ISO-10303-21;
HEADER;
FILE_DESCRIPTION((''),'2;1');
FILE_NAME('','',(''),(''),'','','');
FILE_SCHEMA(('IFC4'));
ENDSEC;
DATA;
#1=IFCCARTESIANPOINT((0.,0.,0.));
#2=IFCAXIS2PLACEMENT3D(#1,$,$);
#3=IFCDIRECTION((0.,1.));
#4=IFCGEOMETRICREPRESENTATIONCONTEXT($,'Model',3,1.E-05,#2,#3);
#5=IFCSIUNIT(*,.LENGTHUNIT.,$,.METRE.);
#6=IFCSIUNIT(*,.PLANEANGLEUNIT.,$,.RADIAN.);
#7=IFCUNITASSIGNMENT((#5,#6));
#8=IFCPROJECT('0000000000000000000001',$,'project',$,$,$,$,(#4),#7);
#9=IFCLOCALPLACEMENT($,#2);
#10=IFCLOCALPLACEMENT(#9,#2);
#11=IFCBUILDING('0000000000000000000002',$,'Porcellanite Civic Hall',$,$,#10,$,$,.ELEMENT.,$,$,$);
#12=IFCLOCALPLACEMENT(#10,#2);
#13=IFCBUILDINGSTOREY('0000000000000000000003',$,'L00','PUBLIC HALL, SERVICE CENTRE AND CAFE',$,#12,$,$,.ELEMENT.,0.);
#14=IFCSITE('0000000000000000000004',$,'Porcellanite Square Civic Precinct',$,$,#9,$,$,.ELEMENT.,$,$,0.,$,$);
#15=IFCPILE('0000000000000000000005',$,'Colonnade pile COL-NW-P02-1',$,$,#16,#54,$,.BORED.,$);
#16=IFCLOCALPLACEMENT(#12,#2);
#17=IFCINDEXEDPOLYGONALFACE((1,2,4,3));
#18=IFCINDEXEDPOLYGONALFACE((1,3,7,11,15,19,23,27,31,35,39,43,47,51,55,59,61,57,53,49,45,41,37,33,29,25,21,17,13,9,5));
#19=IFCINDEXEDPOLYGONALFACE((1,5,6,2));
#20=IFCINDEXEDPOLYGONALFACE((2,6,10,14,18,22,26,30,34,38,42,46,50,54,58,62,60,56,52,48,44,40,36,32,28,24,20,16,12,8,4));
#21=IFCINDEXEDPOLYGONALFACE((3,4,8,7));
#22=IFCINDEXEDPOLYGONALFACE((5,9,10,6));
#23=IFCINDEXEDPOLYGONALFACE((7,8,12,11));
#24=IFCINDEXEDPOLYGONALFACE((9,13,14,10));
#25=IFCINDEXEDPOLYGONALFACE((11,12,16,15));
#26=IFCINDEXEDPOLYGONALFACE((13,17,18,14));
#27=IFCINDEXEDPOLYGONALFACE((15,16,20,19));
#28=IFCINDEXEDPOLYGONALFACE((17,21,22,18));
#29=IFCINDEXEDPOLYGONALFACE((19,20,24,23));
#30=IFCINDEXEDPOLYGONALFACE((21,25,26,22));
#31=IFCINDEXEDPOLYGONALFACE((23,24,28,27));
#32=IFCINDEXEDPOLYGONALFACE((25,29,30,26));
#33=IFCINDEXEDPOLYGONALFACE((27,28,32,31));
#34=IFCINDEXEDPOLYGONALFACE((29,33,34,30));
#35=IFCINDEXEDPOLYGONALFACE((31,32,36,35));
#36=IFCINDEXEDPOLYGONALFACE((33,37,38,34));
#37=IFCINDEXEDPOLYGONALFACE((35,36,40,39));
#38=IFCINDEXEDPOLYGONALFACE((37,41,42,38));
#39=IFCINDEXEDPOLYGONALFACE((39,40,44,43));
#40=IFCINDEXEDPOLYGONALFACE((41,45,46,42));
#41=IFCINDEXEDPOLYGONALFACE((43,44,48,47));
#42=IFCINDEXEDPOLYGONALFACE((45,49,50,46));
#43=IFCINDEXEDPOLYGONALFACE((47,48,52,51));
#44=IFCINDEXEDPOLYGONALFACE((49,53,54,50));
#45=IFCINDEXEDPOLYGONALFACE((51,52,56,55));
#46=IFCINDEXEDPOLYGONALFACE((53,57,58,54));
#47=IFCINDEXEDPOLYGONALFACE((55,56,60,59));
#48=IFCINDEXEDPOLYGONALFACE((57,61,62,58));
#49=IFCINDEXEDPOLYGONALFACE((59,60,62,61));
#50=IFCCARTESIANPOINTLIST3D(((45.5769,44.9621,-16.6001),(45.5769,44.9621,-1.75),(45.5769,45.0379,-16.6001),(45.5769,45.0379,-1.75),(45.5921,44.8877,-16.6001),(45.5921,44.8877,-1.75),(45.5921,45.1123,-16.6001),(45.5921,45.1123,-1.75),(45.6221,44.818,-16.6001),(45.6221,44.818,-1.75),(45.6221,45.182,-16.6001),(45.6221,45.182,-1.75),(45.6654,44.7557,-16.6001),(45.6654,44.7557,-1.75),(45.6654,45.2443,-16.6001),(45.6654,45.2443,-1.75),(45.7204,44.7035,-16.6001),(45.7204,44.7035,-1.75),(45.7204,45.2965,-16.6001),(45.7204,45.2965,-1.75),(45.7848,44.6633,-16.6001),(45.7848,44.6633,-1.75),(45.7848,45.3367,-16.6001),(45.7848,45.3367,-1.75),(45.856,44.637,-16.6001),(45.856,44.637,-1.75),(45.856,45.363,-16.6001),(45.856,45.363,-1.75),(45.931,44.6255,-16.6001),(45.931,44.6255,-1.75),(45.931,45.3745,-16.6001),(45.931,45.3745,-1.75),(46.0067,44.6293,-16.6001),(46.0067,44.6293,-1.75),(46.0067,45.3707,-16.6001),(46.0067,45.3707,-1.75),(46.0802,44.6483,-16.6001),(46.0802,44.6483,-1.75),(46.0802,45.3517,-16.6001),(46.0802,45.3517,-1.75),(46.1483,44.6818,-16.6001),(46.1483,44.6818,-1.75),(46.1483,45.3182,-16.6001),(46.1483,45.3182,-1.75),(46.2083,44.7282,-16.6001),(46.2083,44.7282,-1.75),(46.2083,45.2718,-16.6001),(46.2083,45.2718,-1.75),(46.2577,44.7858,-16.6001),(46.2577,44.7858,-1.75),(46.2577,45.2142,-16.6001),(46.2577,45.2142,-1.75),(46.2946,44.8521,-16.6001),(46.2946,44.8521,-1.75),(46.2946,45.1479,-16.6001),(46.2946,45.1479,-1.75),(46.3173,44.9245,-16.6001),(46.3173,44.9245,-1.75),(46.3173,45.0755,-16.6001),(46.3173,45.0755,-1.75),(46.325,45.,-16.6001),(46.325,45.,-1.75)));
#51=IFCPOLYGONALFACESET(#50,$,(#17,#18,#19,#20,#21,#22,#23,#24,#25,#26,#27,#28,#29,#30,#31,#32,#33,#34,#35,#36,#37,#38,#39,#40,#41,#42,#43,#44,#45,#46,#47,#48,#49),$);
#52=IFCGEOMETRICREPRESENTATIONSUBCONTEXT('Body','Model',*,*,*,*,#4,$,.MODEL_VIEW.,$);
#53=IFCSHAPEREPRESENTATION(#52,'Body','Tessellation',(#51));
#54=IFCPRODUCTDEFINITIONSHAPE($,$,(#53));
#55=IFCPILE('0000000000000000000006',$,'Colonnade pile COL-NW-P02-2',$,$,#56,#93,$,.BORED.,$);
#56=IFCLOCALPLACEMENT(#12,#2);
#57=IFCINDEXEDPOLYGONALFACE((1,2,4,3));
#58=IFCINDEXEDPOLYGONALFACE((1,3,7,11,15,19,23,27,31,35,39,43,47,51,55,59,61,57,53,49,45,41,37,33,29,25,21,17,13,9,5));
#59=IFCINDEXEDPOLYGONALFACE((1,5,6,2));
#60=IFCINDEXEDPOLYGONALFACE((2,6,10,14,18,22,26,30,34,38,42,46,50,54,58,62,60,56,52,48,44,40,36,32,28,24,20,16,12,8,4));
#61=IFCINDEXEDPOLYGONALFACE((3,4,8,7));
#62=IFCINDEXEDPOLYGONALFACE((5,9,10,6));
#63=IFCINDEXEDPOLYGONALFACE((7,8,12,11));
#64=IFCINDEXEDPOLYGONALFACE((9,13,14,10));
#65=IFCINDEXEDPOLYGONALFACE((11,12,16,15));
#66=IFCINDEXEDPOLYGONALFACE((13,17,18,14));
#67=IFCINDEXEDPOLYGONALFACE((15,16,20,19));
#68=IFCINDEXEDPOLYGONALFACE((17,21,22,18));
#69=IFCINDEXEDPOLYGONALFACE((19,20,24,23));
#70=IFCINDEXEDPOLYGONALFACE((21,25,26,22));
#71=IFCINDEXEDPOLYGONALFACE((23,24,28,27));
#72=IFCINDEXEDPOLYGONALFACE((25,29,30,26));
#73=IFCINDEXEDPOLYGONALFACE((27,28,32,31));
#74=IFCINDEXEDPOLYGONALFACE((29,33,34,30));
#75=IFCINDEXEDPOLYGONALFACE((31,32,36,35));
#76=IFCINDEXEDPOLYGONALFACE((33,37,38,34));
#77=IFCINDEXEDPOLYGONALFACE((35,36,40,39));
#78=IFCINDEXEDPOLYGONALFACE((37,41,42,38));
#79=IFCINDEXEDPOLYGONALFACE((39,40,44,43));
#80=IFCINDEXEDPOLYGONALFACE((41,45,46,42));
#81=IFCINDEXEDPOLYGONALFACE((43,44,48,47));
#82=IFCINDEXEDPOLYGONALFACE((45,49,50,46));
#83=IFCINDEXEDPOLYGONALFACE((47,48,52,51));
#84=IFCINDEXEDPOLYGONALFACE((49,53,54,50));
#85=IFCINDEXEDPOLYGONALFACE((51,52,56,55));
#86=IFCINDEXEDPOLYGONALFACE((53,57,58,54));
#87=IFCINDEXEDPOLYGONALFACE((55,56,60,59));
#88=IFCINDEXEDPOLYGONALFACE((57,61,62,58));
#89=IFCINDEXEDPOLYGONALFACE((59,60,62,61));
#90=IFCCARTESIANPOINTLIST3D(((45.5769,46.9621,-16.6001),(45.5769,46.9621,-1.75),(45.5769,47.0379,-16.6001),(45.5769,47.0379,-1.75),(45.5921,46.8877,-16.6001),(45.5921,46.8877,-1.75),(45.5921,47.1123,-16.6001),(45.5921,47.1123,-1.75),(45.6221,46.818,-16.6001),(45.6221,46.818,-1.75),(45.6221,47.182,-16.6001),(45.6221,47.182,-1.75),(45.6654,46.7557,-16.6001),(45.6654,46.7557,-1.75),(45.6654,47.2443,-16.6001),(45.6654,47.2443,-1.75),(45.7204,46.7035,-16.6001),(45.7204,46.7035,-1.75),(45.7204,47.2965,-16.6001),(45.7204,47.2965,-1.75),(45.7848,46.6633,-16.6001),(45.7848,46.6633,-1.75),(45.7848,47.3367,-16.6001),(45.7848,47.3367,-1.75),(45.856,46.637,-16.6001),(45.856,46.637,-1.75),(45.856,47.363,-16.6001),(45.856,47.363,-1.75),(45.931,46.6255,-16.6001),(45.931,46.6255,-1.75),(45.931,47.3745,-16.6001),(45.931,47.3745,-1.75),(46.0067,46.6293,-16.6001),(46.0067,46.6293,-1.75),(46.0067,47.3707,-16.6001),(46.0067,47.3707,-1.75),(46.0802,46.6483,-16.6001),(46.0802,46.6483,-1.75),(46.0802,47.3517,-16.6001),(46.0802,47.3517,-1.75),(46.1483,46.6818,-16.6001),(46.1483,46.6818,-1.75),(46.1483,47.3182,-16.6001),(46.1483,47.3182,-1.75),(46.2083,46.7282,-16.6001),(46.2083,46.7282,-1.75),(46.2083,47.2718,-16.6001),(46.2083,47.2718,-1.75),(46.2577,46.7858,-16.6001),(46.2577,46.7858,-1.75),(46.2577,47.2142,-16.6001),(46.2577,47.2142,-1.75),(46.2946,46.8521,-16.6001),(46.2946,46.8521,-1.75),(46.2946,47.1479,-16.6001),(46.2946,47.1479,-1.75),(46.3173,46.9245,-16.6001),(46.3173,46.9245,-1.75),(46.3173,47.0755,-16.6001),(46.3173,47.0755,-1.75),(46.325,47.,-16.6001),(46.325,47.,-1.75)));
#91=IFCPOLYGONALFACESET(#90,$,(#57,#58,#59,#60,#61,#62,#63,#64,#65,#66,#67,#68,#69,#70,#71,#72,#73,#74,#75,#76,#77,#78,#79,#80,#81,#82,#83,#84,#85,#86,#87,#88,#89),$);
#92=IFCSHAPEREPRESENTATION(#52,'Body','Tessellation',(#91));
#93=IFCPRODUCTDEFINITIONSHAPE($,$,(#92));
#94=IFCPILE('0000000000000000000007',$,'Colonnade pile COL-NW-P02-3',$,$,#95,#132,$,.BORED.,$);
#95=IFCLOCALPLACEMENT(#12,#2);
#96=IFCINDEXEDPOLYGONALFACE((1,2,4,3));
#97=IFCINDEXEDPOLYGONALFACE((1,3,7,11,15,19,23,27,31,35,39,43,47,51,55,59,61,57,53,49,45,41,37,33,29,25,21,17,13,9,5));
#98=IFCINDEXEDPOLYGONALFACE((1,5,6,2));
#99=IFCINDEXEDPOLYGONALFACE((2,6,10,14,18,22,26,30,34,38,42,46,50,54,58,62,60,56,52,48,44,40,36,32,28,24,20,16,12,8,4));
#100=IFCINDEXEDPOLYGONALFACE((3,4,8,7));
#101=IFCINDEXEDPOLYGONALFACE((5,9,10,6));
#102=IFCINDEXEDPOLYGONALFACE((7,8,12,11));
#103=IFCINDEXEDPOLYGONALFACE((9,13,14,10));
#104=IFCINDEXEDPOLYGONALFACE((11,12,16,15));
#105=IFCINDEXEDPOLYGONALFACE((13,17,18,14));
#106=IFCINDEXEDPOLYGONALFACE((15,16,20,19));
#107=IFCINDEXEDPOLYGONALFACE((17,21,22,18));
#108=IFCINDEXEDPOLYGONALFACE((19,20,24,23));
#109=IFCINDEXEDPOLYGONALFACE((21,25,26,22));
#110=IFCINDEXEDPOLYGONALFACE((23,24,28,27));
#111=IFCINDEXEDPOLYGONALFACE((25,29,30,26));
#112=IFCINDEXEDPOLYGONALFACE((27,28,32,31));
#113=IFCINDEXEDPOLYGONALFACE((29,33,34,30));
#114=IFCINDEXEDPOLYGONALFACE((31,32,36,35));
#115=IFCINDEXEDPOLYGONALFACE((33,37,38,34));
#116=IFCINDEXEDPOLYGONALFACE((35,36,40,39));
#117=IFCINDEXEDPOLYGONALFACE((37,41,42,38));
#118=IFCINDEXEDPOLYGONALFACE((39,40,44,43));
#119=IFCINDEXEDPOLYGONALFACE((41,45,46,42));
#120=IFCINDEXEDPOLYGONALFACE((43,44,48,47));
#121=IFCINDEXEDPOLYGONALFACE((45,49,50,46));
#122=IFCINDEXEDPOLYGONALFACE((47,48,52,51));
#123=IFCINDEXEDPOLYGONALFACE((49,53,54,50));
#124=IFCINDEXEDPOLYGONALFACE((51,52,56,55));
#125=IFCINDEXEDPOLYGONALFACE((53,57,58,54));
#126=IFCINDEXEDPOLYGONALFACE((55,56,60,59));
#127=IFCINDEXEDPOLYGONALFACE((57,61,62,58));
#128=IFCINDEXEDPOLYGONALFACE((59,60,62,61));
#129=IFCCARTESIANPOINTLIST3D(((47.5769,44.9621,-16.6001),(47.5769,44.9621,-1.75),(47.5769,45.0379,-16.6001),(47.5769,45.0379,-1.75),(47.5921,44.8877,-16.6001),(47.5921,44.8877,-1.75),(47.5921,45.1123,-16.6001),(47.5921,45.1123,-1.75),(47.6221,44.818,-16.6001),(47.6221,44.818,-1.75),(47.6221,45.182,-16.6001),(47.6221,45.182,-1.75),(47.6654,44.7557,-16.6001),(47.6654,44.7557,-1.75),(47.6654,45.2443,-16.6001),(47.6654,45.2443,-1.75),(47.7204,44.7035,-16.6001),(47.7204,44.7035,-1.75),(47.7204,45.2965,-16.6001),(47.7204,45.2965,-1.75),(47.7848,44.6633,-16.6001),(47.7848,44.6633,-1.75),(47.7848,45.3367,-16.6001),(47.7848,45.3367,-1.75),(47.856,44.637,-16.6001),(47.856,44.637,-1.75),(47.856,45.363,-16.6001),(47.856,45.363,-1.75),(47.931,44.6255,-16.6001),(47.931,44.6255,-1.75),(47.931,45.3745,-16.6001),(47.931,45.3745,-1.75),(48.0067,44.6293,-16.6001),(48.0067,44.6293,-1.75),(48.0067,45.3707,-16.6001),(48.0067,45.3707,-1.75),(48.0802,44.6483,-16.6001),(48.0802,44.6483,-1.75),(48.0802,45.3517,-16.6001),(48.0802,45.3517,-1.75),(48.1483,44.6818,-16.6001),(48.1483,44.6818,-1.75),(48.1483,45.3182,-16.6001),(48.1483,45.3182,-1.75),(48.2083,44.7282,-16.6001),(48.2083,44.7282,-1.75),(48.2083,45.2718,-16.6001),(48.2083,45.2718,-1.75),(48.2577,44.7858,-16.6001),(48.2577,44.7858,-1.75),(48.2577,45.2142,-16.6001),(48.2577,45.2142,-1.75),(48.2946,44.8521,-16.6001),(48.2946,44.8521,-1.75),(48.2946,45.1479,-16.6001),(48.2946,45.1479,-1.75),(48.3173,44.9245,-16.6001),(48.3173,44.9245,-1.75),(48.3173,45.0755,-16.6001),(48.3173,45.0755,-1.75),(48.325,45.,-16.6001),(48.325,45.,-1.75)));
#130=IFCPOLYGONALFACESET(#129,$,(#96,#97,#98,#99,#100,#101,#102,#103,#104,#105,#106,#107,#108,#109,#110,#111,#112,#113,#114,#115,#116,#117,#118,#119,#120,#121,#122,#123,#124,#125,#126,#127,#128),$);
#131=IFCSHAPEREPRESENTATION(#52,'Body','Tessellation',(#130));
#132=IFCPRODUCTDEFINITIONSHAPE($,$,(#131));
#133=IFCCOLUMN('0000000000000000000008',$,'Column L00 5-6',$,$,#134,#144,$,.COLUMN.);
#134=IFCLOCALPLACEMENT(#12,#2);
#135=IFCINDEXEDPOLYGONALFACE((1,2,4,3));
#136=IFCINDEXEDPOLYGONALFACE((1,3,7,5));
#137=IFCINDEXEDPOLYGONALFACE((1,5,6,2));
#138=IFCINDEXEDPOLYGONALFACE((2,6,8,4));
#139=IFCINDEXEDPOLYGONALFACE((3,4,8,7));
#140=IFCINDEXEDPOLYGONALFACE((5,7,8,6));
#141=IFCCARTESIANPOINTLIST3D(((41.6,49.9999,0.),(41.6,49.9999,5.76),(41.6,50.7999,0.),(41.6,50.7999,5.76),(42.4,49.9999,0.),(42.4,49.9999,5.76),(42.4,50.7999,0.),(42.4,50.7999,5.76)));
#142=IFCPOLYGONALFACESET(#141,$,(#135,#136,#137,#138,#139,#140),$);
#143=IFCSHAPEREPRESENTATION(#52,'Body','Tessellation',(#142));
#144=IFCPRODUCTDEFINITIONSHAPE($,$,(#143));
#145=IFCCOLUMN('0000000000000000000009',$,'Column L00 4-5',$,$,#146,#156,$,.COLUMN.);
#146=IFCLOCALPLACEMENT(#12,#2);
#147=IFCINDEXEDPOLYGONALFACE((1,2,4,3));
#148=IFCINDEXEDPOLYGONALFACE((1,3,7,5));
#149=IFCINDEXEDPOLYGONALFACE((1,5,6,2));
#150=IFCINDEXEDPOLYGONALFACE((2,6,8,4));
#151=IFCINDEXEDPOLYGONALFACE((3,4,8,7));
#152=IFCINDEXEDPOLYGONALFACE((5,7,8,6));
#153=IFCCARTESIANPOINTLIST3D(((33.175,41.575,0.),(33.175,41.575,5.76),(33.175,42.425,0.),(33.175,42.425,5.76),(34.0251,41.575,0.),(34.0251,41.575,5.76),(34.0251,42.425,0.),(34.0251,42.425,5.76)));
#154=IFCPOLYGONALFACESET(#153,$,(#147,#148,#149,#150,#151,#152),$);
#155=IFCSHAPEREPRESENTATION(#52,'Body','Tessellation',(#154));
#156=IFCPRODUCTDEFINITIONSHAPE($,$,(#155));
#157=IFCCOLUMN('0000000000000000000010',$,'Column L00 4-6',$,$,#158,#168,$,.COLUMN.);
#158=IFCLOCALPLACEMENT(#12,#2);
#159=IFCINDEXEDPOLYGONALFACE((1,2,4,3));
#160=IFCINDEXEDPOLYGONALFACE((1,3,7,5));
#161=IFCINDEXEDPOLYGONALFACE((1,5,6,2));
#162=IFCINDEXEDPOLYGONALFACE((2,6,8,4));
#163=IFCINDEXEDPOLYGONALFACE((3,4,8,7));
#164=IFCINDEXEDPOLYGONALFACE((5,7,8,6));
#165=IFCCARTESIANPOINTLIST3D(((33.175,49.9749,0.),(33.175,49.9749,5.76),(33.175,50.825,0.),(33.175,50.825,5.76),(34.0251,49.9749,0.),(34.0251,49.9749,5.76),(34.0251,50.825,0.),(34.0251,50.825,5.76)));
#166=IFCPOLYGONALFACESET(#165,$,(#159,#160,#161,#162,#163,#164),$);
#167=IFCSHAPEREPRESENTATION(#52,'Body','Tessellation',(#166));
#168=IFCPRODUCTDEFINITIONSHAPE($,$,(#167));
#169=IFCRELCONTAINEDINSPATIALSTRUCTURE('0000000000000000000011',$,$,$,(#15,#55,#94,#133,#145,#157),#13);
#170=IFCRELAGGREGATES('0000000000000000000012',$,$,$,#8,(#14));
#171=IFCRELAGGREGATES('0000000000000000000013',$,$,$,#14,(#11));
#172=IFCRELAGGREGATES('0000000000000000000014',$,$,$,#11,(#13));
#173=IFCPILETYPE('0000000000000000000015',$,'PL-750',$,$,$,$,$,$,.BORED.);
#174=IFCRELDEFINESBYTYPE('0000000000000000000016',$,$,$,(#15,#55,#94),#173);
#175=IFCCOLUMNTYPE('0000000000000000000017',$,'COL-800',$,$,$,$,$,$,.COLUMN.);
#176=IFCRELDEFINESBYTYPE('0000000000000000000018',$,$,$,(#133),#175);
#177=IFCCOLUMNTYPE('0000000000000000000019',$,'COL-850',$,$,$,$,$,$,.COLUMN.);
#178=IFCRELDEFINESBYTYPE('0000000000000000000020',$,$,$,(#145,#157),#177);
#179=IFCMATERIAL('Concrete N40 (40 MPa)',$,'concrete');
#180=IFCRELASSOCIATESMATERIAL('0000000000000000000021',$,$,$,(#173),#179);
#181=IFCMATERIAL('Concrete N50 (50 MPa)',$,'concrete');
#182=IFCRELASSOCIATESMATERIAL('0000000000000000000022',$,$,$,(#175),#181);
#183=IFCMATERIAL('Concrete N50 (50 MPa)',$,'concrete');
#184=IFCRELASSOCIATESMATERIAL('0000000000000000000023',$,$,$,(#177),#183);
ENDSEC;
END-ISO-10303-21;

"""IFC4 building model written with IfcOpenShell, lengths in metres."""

from ifc_helpers import new_model, si_unit, direction, frame, origin, origin_2d, place, context, subcontext, project, spatial, rectangle, circle, extrude, material, material_profile, profile_set, type_object, element, save


model = new_model("IFC4")

# Units and contexts
model_context = context("Model", 3, precision=1e-05, world=origin(), true_north=direction((0.0, 1.0)))
body_context = subcontext(model_context, "Body", "Model", "MODEL_VIEW")
ifc_project = project(units=[si_unit("LENGTHUNIT", "METRE"), si_unit("PLANEANGLEUNIT", "RADIAN")], contexts=[model_context])

# Site, building, storey
site_placement = place(None, origin())
site = spatial("IfcSite", under=ifc_project, at=site_placement, Name="Porcellanite Square Civic Precinct", CompositionType="ELEMENT", RefElevation=0.0)
building_placement = place(site_placement, origin())
building = spatial("IfcBuilding", under=site, at=building_placement, Name="Porcellanite Civic Hall", CompositionType="ELEMENT")
storey_placement = place(building_placement, origin())
storey = spatial("IfcBuildingStorey", under=building, at=storey_placement, Name="L00", Description="PUBLIC HALL, SERVICE CENTRE AND CAFE", CompositionType="ELEMENT", Elevation=0.0)

# Piles
ifc_material_1 = material(Name="Concrete N40 (40 MPa)", Category="concrete")
ifc_material_profile_1 = material_profile(ifc_material_1, circle(Radius=0.375, at=origin_2d()), Name="PILE-D750")
ifc_profile_set_1 = profile_set([ifc_material_profile_1], Name="Concrete N40 (40 MPa)")
pile_type = type_object("IfcPileType", Name="PL-750", PredefinedType="BORED", material=ifc_profile_set_1)
for number, where, z_axis, x_axis, name in (
    (1, (45.95, 45.0, -1.75), (0.0, 0.0, -1.0), (1.0, 0.0, 0.0), "Colonnade pile COL-NW-P02-1"),
    (2, (45.95, 47.0, -1.75), (0.0, 0.0, -1.0), (1.0, 0.0, 0.0), "Colonnade pile COL-NW-P02-2"),
    (3, (47.95, 45.0, -1.75), (0.0, 0.0, -1.0), (1.0, 0.0, 0.0), "Colonnade pile COL-NW-P02-3"),
):
    element("IfcPile", number, at=place(storey_placement, frame(where, z_axis=z_axis, x_axis=x_axis)), inside=storey, type_object=pile_type, Name=name, PredefinedType="BORED", context=body_context, shape_type="SweptSolid", body=[
        extrude(circle(Radius=0.375, at=origin_2d()), origin(), (0.0, 0.0, 1.0), 14.8501),
    ])

# Columns
ifc_material_2 = material(Name="Concrete N50 (50 MPa)", Category="concrete")
ifc_material_profile_2 = material_profile(ifc_material_2, rectangle(XDim=0.8, YDim=0.8, at=origin_2d()), Name="RC-800x800")
ifc_profile_set_2 = profile_set([ifc_material_profile_2], Name="Concrete N50 (50 MPa)")
column_type_1 = type_object("IfcColumnType", Name="COL-800", PredefinedType="COLUMN", material=ifc_profile_set_2)
column_1_placement = place(storey_placement, frame((42.0, 50.3999, 0.0), z_axis=(0.0, 0.0, 1.0), x_axis=(1.0, 0.0, 0.0)))
element("IfcColumn", 4, at=column_1_placement, inside=storey, type_object=column_type_1, Name="Column L00 5-6", PredefinedType="COLUMN", context=body_context, shape_type="SweptSolid", body=[
    extrude(rectangle(XDim=0.8, YDim=0.8, at=origin_2d()), origin(), (0.0, 0.0, 1.0), 5.76),
])
ifc_material_3 = material(Name="Concrete N50 (50 MPa)", Category="concrete")
ifc_material_profile_3 = material_profile(ifc_material_3, rectangle(XDim=0.8501, YDim=0.8501, at=origin_2d()), Name="RC-850x850")
ifc_profile_set_3 = profile_set([ifc_material_profile_3], Name="Concrete N50 (50 MPa)")
column_type_2 = type_object("IfcColumnType", Name="COL-850", PredefinedType="COLUMN", material=ifc_profile_set_3)
for number, where, z_axis, x_axis, name in (
    (5, (33.6001, 42.0, 0.0), (0.0, 0.0, 1.0), (1.0, 0.0, 0.0), "Column L00 4-5"),
    (6, (33.6001, 50.3999, 0.0), (0.0, 0.0, 1.0), (1.0, 0.0, 0.0), "Column L00 4-6"),
):
    element("IfcColumn", number, at=place(storey_placement, frame(where, z_axis=z_axis, x_axis=x_axis)), inside=storey, type_object=column_type_2, Name=name, PredefinedType="COLUMN", context=body_context, shape_type="SweptSolid", body=[
        extrude(rectangle(XDim=0.8501, YDim=0.8501, at=origin_2d()), origin(), (0.0, 0.0, 1.0), 5.76),
    ])

save(model, "model.ifc")
